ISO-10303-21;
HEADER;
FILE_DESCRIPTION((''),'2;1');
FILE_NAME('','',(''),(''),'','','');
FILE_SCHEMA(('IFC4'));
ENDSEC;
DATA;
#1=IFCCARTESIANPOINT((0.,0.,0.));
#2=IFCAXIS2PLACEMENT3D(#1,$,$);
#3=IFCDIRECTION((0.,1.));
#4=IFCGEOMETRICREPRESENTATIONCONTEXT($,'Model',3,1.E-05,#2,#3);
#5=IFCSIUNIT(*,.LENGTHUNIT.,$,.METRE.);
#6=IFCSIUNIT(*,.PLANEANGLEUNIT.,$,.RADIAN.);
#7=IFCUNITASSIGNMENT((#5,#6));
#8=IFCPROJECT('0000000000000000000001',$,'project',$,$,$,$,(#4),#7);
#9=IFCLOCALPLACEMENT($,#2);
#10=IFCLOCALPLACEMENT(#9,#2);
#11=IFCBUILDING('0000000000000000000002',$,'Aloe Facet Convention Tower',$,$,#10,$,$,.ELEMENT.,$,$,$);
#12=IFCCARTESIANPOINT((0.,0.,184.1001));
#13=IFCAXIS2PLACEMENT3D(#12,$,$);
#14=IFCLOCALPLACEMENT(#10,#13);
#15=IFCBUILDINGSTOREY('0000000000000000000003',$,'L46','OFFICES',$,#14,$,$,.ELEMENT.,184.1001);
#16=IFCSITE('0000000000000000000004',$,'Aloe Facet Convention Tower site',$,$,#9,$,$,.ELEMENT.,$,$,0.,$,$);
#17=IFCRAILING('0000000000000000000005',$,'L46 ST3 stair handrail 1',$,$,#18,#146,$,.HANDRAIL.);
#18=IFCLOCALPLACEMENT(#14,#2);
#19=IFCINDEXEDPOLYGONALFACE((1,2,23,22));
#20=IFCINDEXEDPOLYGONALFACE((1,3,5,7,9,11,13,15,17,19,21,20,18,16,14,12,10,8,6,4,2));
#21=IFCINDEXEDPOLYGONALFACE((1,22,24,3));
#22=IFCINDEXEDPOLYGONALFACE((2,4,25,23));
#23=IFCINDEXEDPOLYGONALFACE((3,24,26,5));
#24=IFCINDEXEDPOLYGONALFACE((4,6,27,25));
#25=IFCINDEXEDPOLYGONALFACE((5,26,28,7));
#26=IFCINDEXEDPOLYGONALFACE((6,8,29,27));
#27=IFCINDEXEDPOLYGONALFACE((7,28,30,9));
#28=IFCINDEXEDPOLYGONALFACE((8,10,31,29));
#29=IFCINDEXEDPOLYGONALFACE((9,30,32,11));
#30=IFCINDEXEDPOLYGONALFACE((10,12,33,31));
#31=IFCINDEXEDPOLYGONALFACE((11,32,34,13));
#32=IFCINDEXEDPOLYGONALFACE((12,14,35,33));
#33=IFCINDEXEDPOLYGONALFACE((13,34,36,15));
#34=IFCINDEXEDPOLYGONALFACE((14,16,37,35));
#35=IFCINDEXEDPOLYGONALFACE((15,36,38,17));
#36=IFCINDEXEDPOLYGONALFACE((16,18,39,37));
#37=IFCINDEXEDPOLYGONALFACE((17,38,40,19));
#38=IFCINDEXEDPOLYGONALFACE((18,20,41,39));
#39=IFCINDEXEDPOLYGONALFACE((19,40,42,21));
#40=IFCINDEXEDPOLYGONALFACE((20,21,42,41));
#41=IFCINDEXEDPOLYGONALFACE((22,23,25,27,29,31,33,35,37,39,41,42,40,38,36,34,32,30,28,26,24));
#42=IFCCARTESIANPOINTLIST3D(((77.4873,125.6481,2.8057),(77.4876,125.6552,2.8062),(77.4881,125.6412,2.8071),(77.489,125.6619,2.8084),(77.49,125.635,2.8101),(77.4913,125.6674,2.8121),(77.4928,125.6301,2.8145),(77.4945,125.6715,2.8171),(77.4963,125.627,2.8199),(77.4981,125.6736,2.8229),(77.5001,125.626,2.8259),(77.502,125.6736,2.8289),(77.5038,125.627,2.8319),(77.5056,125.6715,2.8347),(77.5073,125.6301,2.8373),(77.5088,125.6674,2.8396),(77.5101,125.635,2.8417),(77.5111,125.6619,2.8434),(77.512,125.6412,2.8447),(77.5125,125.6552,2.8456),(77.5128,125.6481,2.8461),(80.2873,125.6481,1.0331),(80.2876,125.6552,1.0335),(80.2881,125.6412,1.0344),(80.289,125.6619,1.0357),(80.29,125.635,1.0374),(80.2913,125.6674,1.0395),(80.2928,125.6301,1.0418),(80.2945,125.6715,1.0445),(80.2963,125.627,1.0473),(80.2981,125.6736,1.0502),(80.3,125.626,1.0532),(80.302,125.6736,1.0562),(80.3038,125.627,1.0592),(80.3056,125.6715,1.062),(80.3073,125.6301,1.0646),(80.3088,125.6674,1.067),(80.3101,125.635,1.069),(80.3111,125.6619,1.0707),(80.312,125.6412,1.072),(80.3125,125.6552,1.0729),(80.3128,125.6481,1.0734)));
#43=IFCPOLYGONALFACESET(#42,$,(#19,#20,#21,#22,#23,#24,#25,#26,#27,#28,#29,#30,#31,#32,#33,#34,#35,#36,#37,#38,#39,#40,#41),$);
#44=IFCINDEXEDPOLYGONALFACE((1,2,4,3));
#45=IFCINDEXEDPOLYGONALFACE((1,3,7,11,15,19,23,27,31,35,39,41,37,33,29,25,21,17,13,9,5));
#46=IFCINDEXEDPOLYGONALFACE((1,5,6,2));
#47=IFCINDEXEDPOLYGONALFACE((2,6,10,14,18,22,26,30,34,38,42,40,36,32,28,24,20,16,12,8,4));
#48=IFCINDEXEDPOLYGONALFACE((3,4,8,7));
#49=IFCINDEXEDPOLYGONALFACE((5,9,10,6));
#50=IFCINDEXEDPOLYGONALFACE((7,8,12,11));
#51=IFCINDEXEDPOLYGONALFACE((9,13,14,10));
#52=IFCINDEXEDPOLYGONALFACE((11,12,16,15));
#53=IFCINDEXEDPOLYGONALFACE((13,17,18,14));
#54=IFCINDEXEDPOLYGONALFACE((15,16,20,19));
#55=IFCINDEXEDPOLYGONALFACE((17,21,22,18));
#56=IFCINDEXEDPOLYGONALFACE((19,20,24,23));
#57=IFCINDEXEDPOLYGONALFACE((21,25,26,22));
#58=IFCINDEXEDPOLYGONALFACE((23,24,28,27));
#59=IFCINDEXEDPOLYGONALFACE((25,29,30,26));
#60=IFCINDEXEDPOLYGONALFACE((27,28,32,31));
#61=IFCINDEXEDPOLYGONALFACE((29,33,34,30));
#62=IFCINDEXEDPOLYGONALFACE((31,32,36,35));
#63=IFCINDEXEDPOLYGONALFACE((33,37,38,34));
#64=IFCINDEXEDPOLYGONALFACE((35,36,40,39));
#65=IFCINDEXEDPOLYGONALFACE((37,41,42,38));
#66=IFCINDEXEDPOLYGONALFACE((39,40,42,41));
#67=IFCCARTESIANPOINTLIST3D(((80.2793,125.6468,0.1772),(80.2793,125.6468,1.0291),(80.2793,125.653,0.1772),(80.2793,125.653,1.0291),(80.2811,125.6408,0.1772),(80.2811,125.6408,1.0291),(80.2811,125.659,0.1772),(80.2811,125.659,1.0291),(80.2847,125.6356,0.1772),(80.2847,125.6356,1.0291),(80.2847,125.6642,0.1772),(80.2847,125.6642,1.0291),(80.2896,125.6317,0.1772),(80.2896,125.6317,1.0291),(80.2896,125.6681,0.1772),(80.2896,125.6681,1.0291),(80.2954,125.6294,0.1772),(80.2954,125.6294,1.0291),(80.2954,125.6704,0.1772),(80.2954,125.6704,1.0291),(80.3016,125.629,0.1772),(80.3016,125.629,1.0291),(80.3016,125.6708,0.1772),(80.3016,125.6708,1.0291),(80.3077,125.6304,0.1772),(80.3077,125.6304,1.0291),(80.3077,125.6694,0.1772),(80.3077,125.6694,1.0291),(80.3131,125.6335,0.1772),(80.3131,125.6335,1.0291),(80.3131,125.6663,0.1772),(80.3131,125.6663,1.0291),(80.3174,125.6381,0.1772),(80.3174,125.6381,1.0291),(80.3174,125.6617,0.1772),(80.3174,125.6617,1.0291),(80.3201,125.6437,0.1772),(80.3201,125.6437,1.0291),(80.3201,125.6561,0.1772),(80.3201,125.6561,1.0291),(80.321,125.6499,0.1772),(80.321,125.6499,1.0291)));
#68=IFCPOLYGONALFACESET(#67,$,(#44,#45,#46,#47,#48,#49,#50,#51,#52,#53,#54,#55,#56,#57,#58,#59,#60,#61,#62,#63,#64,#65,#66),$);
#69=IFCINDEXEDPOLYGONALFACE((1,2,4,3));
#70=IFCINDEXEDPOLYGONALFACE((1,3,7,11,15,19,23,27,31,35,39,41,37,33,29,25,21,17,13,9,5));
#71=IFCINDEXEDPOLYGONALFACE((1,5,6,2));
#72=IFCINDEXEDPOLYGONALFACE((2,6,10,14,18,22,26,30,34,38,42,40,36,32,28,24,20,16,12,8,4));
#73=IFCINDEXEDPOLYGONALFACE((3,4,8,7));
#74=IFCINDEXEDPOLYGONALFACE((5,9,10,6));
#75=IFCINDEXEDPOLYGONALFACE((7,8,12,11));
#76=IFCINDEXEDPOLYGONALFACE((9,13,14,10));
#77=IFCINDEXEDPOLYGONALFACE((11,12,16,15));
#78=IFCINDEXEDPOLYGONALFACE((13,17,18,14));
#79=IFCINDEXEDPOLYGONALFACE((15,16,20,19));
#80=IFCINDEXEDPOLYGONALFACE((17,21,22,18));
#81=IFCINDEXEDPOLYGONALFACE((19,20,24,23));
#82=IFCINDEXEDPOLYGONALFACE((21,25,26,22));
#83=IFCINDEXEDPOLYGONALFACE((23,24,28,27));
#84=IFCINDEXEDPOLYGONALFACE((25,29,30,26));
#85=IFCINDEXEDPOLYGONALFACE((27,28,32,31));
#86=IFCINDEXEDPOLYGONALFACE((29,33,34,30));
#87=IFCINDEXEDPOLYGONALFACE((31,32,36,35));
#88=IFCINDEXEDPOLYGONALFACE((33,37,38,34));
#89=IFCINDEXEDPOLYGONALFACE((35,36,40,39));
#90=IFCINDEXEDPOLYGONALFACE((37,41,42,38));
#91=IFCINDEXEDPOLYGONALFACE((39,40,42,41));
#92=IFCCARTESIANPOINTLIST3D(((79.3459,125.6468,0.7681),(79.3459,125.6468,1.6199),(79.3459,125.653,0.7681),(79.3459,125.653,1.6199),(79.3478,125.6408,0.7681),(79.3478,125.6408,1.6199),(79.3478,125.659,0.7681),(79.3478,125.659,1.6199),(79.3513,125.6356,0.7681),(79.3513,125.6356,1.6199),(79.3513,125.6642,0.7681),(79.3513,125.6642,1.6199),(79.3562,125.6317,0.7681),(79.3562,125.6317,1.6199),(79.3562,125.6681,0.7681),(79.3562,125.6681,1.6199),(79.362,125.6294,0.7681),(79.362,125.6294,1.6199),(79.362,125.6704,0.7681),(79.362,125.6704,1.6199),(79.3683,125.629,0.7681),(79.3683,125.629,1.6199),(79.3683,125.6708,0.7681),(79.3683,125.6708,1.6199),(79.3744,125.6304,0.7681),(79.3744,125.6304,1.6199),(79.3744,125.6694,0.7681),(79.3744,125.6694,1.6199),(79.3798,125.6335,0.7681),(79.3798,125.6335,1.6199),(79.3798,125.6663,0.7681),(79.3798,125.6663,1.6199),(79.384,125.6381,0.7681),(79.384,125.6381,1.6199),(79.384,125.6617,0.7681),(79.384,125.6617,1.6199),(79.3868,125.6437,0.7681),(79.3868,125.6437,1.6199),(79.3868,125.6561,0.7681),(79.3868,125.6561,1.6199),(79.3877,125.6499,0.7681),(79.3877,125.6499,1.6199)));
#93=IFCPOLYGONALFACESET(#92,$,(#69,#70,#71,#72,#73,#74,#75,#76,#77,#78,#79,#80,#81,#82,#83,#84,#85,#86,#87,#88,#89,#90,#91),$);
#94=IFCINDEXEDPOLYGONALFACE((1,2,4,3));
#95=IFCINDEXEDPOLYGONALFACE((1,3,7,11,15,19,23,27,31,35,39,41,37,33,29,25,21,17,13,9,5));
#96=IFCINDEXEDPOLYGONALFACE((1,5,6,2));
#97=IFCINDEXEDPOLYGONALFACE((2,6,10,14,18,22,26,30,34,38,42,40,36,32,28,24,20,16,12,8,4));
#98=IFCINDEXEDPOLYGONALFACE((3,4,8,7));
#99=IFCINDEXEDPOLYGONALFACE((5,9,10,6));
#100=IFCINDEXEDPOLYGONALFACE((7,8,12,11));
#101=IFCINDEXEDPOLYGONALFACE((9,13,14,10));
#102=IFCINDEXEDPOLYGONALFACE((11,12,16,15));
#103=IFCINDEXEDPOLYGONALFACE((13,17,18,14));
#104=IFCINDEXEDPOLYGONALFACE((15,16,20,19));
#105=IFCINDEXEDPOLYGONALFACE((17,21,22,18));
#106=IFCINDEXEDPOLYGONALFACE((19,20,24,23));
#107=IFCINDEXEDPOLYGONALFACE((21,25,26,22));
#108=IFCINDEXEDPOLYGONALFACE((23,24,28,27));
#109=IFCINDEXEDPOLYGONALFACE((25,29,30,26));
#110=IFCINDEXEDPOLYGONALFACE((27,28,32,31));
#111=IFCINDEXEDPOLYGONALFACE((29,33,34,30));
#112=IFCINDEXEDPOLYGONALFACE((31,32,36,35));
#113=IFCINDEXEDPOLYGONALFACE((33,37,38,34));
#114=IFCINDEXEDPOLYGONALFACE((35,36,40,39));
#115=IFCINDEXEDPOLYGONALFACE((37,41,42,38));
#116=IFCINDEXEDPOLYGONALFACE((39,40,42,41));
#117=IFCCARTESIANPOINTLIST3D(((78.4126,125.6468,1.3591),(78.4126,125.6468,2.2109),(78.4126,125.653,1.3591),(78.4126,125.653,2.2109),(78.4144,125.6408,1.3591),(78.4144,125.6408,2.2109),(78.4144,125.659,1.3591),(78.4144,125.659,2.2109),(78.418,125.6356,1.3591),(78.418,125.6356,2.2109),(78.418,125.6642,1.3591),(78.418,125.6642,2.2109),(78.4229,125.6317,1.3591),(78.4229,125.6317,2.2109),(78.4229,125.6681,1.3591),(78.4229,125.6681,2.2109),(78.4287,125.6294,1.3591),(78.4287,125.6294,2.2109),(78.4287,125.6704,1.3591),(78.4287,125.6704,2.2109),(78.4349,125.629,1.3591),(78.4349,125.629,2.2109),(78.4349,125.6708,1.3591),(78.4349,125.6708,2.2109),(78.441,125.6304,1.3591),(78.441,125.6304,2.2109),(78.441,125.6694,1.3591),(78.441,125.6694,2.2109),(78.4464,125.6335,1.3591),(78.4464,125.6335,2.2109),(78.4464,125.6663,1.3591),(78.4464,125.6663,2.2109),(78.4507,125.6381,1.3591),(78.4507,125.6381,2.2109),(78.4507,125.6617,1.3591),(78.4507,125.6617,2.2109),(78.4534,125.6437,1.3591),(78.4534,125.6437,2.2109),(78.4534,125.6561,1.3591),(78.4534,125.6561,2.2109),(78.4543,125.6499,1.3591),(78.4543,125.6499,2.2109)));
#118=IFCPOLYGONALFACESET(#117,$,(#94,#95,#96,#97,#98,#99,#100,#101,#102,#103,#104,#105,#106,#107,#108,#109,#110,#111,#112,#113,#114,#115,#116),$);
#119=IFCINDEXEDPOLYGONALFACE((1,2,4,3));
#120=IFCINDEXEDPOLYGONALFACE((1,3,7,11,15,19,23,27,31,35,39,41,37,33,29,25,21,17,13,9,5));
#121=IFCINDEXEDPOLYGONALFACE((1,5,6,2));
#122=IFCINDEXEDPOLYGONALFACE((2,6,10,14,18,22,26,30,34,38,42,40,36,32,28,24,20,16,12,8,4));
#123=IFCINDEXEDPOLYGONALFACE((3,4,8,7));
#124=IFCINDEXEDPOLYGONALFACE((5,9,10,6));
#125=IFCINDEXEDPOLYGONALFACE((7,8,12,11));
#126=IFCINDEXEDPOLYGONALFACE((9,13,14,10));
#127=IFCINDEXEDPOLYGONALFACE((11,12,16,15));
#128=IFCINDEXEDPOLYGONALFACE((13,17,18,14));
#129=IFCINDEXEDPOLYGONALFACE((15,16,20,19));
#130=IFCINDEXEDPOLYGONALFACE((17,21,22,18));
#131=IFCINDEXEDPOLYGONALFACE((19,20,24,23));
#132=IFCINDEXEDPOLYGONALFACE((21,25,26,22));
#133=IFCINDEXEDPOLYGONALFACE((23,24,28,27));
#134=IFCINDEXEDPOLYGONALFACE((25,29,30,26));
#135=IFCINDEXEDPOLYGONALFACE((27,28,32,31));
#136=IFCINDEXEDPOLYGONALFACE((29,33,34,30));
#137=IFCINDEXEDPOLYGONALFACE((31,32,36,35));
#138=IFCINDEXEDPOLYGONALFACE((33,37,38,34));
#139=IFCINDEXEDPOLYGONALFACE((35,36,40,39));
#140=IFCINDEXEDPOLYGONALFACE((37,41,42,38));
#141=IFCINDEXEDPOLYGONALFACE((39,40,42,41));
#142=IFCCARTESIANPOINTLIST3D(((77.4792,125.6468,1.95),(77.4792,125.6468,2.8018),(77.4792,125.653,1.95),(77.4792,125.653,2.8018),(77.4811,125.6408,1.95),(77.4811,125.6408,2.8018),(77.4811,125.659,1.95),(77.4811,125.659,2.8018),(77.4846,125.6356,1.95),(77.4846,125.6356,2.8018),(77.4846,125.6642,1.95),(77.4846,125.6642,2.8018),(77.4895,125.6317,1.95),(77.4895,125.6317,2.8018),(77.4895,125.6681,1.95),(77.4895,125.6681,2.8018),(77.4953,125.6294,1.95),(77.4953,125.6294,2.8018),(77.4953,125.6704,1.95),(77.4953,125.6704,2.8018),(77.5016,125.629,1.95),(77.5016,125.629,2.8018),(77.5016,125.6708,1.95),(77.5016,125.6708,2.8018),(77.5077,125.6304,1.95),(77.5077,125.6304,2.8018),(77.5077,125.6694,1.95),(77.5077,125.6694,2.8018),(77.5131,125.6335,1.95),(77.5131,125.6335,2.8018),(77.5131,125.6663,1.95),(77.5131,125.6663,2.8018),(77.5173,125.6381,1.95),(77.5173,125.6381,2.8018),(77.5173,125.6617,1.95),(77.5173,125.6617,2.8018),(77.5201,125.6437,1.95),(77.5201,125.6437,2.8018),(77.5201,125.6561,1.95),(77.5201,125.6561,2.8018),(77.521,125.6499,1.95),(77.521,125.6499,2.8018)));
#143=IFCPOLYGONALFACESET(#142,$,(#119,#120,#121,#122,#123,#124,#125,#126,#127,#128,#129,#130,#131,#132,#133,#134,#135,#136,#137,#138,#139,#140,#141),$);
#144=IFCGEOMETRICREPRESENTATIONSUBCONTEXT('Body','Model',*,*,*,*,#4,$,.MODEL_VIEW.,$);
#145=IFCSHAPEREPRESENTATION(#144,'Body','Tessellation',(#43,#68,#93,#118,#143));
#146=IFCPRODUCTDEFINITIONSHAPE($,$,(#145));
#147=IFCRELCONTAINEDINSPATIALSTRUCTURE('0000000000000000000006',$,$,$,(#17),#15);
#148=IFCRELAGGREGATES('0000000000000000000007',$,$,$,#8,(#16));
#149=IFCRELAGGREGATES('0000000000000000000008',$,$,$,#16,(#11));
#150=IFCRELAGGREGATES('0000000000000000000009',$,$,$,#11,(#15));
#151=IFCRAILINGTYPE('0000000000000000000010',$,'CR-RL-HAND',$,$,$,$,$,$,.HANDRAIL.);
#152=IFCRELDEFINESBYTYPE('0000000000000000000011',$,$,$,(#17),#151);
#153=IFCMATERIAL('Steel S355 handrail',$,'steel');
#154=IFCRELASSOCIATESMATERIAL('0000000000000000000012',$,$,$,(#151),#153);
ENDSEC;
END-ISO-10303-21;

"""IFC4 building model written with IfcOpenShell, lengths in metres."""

from ifc_helpers import new_model, si_unit, direction, frame, origin, origin_2d, place, context, subcontext, project, spatial, circle, extrude, material, type_object, element, save


model = new_model("IFC4")

# Units and contexts
model_context = context("Model", 3, precision=1e-05, world=origin(), true_north=direction((0.0, 1.0)))
body_context = subcontext(model_context, "Body", "Model", "MODEL_VIEW")
ifc_project = project(units=[si_unit("LENGTHUNIT", "METRE"), si_unit("PLANEANGLEUNIT", "RADIAN")], contexts=[model_context])

# Site, building, storey
site_placement = place(None, origin())
site = spatial("IfcSite", under=ifc_project, at=site_placement, Name="Aloe Facet Convention Tower site", CompositionType="ELEMENT", RefElevation=0.0)
building_placement = place(site_placement, origin())
building = spatial("IfcBuilding", under=site, at=building_placement, Name="Aloe Facet Convention Tower", CompositionType="ELEMENT")
storey_placement = place(building_placement, frame((0.0, 0.0, 184.1001)))
storey = spatial("IfcBuildingStorey", under=building, at=storey_placement, Name="L46", Description="OFFICES", CompositionType="ELEMENT", Elevation=184.1001)

# Railing
ifc_material_1 = material(Name="Steel S355 handrail", Category="steel")
railing_type_1 = type_object("IfcRailingType", Name="CR-RL-HAND", PredefinedType="HANDRAIL", material=ifc_material_1)
railing_1_placement = place(storey_placement, frame((80.3, 125.6499, 0.1772)))
element("IfcRailing", 1, at=railing_1_placement, inside=storey, type_object=railing_type_1, Name="L46 ST3 stair handrail 1", PredefinedType="HANDRAIL", context=body_context, shape_type="SweptSolid", body=[
    extrude(circle(Radius=0.0239, at=origin_2d()), frame((0.0, 0.0, 0.876), z_axis=(-0.844909, 0.0, 0.53491), x_axis=(0.0, -1.0, 0.0)), (0.0, 0.0, 1.0), 3.314),
    extrude(circle(Radius=0.021, at=origin_2d()), origin(), (0.0, 0.0, 1.0), 0.8518),
    extrude(circle(Radius=0.021, at=origin_2d()), frame((-0.9333, 0.0, 0.5908)), (0.0, 0.0, 1.0), 0.8518),
    extrude(circle(Radius=0.021, at=origin_2d()), frame((-1.8667, 0.0, 1.1819)), (0.0, 0.0, 1.0), 0.8518),
    extrude(circle(Radius=0.021, at=origin_2d()), frame((-2.8, 0.0, 1.7727)), (0.0, 0.0, 1.0), 0.8518),
])

save(model, "model.ifc")
